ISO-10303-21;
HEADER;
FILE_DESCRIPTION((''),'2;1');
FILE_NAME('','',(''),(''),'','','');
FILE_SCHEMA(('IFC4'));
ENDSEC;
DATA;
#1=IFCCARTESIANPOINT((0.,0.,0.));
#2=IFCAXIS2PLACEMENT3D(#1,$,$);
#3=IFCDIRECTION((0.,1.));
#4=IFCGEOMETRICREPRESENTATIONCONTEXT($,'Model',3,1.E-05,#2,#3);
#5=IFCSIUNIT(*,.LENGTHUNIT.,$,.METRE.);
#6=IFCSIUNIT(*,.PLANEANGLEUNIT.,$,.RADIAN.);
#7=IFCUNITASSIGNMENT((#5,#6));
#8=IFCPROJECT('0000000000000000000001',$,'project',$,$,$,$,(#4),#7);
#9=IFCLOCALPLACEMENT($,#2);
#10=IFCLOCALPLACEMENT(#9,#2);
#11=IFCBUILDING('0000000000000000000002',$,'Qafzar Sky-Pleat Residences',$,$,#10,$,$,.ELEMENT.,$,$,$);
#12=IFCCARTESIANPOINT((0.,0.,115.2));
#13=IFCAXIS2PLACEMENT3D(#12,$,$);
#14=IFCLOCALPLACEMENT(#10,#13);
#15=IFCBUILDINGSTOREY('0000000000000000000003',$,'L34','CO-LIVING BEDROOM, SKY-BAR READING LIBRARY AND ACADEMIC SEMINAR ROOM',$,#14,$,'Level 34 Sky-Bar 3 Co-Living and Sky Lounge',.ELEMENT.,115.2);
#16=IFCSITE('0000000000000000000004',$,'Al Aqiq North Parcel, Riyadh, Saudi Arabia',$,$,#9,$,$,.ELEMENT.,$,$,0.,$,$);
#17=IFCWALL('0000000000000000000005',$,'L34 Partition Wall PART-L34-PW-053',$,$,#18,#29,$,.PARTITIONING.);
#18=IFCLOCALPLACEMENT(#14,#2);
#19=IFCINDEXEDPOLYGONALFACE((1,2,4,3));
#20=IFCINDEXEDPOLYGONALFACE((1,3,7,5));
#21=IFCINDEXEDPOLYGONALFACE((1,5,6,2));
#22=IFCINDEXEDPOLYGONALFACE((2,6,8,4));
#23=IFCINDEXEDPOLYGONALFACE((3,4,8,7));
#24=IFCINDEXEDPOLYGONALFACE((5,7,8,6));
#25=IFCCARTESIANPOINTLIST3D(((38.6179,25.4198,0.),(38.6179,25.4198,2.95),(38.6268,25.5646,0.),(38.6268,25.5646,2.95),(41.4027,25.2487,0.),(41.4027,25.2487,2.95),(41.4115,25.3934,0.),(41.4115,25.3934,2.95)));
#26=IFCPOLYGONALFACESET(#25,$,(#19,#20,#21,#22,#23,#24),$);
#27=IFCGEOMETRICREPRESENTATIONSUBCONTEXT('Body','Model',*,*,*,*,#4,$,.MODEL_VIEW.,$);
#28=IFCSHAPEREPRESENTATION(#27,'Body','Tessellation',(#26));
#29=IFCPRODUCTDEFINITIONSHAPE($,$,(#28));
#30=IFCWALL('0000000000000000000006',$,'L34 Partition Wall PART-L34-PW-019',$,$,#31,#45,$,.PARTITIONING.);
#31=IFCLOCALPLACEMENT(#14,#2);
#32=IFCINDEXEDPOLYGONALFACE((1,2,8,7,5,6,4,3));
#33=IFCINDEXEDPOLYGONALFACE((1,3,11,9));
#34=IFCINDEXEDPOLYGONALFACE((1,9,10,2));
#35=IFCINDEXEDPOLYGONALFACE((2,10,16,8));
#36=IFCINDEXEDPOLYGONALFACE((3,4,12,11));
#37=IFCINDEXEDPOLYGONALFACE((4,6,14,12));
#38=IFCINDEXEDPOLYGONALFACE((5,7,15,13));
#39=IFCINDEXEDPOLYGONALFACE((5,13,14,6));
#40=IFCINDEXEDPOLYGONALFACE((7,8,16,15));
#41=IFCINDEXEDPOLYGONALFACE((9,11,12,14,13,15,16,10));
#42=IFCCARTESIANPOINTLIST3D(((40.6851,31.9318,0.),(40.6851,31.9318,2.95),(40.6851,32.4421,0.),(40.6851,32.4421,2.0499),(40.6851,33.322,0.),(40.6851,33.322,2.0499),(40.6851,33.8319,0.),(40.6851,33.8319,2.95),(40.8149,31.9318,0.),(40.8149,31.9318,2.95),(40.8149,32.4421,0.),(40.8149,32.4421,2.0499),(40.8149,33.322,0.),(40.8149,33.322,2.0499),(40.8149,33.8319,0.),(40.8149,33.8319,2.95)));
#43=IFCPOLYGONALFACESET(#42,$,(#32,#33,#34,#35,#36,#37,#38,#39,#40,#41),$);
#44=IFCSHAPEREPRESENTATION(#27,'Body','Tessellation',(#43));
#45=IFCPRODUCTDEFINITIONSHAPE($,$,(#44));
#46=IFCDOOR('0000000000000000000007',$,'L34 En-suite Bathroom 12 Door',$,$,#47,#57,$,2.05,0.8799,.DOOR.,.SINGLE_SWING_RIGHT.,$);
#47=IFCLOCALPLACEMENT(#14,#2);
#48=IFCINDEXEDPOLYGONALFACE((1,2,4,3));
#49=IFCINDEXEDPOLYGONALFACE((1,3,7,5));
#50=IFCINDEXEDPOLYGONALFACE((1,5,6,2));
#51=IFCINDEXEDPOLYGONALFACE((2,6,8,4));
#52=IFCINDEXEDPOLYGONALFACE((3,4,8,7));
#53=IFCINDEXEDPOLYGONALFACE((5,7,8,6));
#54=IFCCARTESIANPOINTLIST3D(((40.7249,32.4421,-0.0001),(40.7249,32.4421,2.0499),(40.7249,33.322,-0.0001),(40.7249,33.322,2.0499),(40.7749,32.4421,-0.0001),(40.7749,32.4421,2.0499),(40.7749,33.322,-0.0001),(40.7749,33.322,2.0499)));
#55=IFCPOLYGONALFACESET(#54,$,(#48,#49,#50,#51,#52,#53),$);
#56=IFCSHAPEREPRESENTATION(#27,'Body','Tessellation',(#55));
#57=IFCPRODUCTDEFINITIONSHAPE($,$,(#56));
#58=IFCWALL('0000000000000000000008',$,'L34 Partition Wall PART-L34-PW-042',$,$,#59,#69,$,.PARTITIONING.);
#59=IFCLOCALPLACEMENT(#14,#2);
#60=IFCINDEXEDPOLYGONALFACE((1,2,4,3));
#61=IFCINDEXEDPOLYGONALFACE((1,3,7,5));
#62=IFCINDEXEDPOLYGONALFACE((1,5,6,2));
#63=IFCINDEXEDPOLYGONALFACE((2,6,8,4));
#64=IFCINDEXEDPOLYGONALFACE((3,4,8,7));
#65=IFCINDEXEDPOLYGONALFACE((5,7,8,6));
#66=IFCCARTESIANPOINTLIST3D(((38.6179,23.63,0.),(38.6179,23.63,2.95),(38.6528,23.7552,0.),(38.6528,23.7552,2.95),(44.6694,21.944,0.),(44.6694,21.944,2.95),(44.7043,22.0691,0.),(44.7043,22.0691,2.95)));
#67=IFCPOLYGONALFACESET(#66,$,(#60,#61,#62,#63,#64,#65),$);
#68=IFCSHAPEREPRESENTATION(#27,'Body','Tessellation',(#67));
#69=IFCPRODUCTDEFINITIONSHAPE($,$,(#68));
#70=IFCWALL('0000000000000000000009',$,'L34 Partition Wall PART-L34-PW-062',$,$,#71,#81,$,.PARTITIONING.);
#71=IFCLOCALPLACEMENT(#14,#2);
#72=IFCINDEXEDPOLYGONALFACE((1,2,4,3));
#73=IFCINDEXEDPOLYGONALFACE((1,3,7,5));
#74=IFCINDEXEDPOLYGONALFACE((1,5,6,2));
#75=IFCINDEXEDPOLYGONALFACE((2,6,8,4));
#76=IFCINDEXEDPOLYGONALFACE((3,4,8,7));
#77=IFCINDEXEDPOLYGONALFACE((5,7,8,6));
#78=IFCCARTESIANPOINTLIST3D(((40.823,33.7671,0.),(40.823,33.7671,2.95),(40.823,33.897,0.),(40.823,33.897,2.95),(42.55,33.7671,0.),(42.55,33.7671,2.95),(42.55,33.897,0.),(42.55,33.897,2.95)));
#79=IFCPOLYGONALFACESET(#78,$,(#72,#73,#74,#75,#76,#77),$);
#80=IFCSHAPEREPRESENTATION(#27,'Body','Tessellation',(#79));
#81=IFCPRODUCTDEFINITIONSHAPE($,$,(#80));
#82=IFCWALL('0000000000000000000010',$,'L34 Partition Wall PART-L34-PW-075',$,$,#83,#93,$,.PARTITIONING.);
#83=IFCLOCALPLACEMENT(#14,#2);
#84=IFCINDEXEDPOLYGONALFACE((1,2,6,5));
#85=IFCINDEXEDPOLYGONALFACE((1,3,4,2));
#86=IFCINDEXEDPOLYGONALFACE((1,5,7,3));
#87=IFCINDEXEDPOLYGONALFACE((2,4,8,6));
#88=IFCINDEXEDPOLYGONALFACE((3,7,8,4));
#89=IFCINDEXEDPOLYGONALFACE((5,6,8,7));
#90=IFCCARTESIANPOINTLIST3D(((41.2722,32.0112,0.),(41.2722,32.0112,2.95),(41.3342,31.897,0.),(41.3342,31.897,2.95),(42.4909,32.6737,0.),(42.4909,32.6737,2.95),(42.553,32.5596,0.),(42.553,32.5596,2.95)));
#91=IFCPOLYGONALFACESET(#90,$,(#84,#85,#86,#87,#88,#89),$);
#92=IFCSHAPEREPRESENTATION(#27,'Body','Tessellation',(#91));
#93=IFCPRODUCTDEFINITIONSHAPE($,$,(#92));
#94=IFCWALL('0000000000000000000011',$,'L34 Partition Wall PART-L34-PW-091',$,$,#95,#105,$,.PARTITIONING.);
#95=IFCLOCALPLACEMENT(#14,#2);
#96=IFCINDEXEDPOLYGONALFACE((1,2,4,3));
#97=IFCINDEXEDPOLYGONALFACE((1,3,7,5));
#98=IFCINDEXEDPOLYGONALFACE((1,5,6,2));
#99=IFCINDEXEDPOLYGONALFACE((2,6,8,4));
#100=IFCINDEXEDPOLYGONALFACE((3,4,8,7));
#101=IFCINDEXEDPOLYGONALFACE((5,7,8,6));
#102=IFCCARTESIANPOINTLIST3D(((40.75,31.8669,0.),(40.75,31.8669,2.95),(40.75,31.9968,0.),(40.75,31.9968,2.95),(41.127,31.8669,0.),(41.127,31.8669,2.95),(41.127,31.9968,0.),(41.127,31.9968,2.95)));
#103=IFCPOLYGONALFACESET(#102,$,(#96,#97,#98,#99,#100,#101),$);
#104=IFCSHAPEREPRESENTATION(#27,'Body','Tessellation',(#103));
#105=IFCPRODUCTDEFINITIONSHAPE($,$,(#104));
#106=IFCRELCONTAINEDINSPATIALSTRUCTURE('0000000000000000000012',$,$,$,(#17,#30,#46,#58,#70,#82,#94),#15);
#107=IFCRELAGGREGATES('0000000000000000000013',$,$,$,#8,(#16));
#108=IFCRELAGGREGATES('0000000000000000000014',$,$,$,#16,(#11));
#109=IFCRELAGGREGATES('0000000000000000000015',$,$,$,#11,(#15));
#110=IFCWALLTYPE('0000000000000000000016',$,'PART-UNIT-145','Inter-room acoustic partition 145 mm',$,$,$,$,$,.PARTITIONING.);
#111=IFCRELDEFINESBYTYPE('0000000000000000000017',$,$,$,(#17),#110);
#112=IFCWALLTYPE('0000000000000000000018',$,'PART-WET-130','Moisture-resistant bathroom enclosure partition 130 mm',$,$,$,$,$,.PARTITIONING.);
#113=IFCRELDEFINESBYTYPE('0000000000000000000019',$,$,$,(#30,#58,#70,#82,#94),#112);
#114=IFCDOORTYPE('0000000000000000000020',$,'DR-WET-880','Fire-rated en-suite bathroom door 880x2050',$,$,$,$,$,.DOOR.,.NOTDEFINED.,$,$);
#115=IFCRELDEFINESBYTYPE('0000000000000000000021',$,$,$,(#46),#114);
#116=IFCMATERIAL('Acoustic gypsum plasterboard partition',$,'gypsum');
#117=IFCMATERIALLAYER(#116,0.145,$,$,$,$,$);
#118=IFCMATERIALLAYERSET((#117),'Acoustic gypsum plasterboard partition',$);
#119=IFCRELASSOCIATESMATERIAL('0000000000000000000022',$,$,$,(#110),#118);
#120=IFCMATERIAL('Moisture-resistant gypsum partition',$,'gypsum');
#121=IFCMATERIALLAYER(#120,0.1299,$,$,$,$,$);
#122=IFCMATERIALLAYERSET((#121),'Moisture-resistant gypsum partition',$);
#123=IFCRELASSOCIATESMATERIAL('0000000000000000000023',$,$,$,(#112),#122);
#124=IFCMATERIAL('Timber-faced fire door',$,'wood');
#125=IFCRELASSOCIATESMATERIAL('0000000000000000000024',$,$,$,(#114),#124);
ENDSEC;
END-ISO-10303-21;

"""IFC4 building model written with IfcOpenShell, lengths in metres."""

from ifc_helpers import new_model, si_unit, direction, frame, frame_2d, origin, place, context, subcontext, project, spatial, rectangle, extrude, source, transform, mapped, material, layer, layer_set, type_object, element, fill, save


model = new_model("IFC4")

# Units and contexts
model_context = context("Model", 3, precision=1e-05, world=origin(), true_north=direction((0.0, 1.0)))
body_context = subcontext(model_context, "Body", "Model", "MODEL_VIEW")
ifc_project = project(units=[si_unit("LENGTHUNIT", "METRE"), si_unit("PLANEANGLEUNIT", "RADIAN")], contexts=[model_context])

# Site, building, storey
site_placement = place(None, origin())
site = spatial("IfcSite", under=ifc_project, at=site_placement, Name="Al Aqiq North Parcel, Riyadh, Saudi Arabia", CompositionType="ELEMENT", RefElevation=0.0)
building_placement = place(site_placement, origin())
building = spatial("IfcBuilding", under=site, at=building_placement, Name="Qafzar Sky-Pleat Residences", CompositionType="ELEMENT")
storey_placement = place(building_placement, frame((0.0, 0.0, 115.2)))
storey = spatial("IfcBuildingStorey", under=building, at=storey_placement, Name="L34", Description="CO-LIVING BEDROOM, SKY-BAR READING LIBRARY AND ACADEMIC SEMINAR ROOM", LongName="Level 34 Sky-Bar 3 Co-Living and Sky Lounge", CompositionType="ELEMENT", Elevation=115.2)

# Shared definitions
ifc_material_1 = material(Name="Acoustic gypsum plasterboard partition", Category="gypsum")
ifc_material_2 = material(Name="Timber-faced fire door", Category="wood")

# Wall
ifc_layer_1 = layer(ifc_material_1, 0.145)
ifc_layer_set_1 = layer_set([ifc_layer_1], Name="Acoustic gypsum plasterboard partition")
wall_type_1 = type_object("IfcWallType", Name="PART-UNIT-145", Description="Inter-room acoustic partition 145 mm", PredefinedType="PARTITIONING", material=ifc_layer_set_1)
wall_1_placement = place(storey_placement, frame((38.6223, 25.4922, 0.0), z_axis=(0.0, 0.0, 1.0), x_axis=(0.998117, -0.061343, 0.0)))
element("IfcWall", 1, at=wall_1_placement, inside=storey, type_object=wall_type_1, Name="L34 Partition Wall PART-L34-PW-053", PredefinedType="PARTITIONING", context=body_context, shape_type="SweptSolid", body=[
    extrude(rectangle(XDim=2.79, YDim=0.145, at=frame_2d((1.395, 0.0))), origin(), (0.0, 0.0, 1.0), 2.95),
])

# Wall, opening, door
ifc_material_3 = material(Name="Moisture-resistant gypsum partition", Category="gypsum")
ifc_layer_2 = layer(ifc_material_3, 0.1299)
ifc_layer_set_2 = layer_set([ifc_layer_2], Name="Moisture-resistant gypsum partition")
wall_type_2 = type_object("IfcWallType", Name="PART-WET-130", Description="Moisture-resistant bathroom enclosure partition 130 mm", PredefinedType="PARTITIONING", material=ifc_layer_set_2)
wall_2_placement = place(storey_placement, frame((40.75, 33.832, 0.0), z_axis=(0.0, 0.0, 1.0), x_axis=(0.0, -1.0, 0.0)))
wall_2 = element("IfcWall", 2, at=wall_2_placement, inside=storey, type_object=wall_type_2, Name="L34 Partition Wall PART-L34-PW-019", PredefinedType="PARTITIONING", context=body_context, shape_type="SweptSolid", body=[
    extrude(rectangle(XDim=1.9001, YDim=0.1299, at=frame_2d((0.9502, 0.0))), origin(), (0.0, 0.0, 1.0), 2.95),
])
opening_1_placement = place(wall_2_placement, frame((0.51, 0.0, 0.0)))
opening_1 = element("IfcOpeningElement", 3, at=opening_1_placement, cuts=wall_2, PredefinedType="OPENING", context=body_context, shape_type="SweptSolid", body=[
    extrude(rectangle(XDim=0.8799, YDim=2.05, at=frame_2d((0.4399, 1.0249))), frame((0.0, 0.075, 0.0), z_axis=(0.0, -1.0, 0.0), x_axis=(1.0, 0.0, 0.0)), (0.0, 0.0, 1.0), 0.1499),
])
door_type_1 = type_object("IfcDoorType", Name="DR-WET-880", Description="Fire-rated en-suite bathroom door 880x2050", OperationType="NOTDEFINED", PredefinedType="DOOR", material=ifc_material_2)
shared_shape_1 = source(origin(), body_context, "Body", "SweptSolid", [
    extrude(rectangle(XDim=0.8799, YDim=2.05, at=frame_2d((0.4399, 1.0249))), frame((0.0, 0.0249, 0.0), z_axis=(0.0, -1.0, 0.0), x_axis=(1.0, 0.0, 0.0)), (0.0, 0.0, 1.0), 0.05),
])
door_1_placement = place(opening_1_placement, origin())
door_1 = element("IfcDoor", 4, at=door_1_placement, inside=storey, type_object=door_type_1, Name="L34 En-suite Bathroom 12 Door", OperationType="SINGLE_SWING_RIGHT", OverallHeight=2.05, OverallWidth=0.8799, PredefinedType="DOOR", context=body_context, shape_type="MappedRepresentation", body=[
    mapped(shared_shape_1, transform((0.0, 0.0, 0.0), x_axis=(1.0, 0.0, 0.0), y_axis=(0.0, 1.0, 0.0), z_axis=(0.0, 0.0, 1.0), scale=1.0)),
])
fill(opening_1, door_1)

# Walls
wall_3_placement = place(storey_placement, frame((38.6353, 23.6926, 0.0), z_axis=(0.0, 0.0, 1.0), x_axis=(0.96331, -0.268391, 0.0)))
element("IfcWall", 5, at=wall_3_placement, inside=storey, type_object=wall_type_2, Name="L34 Partition Wall PART-L34-PW-042", PredefinedType="PARTITIONING", context=body_context, shape_type="SweptSolid", body=[
    extrude(rectangle(XDim=6.282, YDim=0.1299, at=frame_2d((3.1411, 0.0))), origin(), (0.0, 0.0, 1.0), 2.95),
])
wall_4_placement = place(storey_placement, frame((40.823, 33.832, 0.0), z_axis=(0.0, 0.0, 1.0), x_axis=(1.0, 0.0, 0.0)))
element("IfcWall", 6, at=wall_4_placement, inside=storey, type_object=wall_type_2, Name="L34 Partition Wall PART-L34-PW-062", PredefinedType="PARTITIONING", context=body_context, shape_type="SweptSolid", body=[
    extrude(rectangle(XDim=1.7271, YDim=0.1299, at=frame_2d((0.8635, 0.0))), origin(), (0.0, 0.0, 1.0), 2.95),
])
wall_5_placement = place(storey_placement, frame((41.3032, 31.9541, 0.0), z_axis=(0.0, 0.0, 1.0), x_axis=(0.878554, 0.477643, 0.0)))
element("IfcWall", 7, at=wall_5_placement, inside=storey, type_object=wall_type_2, Name="L34 Partition Wall PART-L34-PW-075", PredefinedType="PARTITIONING", context=body_context, shape_type="SweptSolid", body=[
    extrude(rectangle(XDim=1.3872, YDim=0.1299, at=frame_2d((0.6936, 0.0))), origin(), (0.0, 0.0, 1.0), 2.95),
])
wall_6_placement = place(storey_placement, frame((40.75, 31.9319, 0.0), z_axis=(0.0, 0.0, 1.0), x_axis=(1.0, 0.0, 0.0)))
element("IfcWall", 8, at=wall_6_placement, inside=storey, type_object=wall_type_2, Name="L34 Partition Wall PART-L34-PW-091", PredefinedType="PARTITIONING", context=body_context, shape_type="SweptSolid", body=[
    extrude(rectangle(XDim=0.377, YDim=0.1299, at=frame_2d((0.1885, 0.0))), origin(), (0.0, 0.0, 1.0), 2.95),
])

save(model, "model.ifc")
